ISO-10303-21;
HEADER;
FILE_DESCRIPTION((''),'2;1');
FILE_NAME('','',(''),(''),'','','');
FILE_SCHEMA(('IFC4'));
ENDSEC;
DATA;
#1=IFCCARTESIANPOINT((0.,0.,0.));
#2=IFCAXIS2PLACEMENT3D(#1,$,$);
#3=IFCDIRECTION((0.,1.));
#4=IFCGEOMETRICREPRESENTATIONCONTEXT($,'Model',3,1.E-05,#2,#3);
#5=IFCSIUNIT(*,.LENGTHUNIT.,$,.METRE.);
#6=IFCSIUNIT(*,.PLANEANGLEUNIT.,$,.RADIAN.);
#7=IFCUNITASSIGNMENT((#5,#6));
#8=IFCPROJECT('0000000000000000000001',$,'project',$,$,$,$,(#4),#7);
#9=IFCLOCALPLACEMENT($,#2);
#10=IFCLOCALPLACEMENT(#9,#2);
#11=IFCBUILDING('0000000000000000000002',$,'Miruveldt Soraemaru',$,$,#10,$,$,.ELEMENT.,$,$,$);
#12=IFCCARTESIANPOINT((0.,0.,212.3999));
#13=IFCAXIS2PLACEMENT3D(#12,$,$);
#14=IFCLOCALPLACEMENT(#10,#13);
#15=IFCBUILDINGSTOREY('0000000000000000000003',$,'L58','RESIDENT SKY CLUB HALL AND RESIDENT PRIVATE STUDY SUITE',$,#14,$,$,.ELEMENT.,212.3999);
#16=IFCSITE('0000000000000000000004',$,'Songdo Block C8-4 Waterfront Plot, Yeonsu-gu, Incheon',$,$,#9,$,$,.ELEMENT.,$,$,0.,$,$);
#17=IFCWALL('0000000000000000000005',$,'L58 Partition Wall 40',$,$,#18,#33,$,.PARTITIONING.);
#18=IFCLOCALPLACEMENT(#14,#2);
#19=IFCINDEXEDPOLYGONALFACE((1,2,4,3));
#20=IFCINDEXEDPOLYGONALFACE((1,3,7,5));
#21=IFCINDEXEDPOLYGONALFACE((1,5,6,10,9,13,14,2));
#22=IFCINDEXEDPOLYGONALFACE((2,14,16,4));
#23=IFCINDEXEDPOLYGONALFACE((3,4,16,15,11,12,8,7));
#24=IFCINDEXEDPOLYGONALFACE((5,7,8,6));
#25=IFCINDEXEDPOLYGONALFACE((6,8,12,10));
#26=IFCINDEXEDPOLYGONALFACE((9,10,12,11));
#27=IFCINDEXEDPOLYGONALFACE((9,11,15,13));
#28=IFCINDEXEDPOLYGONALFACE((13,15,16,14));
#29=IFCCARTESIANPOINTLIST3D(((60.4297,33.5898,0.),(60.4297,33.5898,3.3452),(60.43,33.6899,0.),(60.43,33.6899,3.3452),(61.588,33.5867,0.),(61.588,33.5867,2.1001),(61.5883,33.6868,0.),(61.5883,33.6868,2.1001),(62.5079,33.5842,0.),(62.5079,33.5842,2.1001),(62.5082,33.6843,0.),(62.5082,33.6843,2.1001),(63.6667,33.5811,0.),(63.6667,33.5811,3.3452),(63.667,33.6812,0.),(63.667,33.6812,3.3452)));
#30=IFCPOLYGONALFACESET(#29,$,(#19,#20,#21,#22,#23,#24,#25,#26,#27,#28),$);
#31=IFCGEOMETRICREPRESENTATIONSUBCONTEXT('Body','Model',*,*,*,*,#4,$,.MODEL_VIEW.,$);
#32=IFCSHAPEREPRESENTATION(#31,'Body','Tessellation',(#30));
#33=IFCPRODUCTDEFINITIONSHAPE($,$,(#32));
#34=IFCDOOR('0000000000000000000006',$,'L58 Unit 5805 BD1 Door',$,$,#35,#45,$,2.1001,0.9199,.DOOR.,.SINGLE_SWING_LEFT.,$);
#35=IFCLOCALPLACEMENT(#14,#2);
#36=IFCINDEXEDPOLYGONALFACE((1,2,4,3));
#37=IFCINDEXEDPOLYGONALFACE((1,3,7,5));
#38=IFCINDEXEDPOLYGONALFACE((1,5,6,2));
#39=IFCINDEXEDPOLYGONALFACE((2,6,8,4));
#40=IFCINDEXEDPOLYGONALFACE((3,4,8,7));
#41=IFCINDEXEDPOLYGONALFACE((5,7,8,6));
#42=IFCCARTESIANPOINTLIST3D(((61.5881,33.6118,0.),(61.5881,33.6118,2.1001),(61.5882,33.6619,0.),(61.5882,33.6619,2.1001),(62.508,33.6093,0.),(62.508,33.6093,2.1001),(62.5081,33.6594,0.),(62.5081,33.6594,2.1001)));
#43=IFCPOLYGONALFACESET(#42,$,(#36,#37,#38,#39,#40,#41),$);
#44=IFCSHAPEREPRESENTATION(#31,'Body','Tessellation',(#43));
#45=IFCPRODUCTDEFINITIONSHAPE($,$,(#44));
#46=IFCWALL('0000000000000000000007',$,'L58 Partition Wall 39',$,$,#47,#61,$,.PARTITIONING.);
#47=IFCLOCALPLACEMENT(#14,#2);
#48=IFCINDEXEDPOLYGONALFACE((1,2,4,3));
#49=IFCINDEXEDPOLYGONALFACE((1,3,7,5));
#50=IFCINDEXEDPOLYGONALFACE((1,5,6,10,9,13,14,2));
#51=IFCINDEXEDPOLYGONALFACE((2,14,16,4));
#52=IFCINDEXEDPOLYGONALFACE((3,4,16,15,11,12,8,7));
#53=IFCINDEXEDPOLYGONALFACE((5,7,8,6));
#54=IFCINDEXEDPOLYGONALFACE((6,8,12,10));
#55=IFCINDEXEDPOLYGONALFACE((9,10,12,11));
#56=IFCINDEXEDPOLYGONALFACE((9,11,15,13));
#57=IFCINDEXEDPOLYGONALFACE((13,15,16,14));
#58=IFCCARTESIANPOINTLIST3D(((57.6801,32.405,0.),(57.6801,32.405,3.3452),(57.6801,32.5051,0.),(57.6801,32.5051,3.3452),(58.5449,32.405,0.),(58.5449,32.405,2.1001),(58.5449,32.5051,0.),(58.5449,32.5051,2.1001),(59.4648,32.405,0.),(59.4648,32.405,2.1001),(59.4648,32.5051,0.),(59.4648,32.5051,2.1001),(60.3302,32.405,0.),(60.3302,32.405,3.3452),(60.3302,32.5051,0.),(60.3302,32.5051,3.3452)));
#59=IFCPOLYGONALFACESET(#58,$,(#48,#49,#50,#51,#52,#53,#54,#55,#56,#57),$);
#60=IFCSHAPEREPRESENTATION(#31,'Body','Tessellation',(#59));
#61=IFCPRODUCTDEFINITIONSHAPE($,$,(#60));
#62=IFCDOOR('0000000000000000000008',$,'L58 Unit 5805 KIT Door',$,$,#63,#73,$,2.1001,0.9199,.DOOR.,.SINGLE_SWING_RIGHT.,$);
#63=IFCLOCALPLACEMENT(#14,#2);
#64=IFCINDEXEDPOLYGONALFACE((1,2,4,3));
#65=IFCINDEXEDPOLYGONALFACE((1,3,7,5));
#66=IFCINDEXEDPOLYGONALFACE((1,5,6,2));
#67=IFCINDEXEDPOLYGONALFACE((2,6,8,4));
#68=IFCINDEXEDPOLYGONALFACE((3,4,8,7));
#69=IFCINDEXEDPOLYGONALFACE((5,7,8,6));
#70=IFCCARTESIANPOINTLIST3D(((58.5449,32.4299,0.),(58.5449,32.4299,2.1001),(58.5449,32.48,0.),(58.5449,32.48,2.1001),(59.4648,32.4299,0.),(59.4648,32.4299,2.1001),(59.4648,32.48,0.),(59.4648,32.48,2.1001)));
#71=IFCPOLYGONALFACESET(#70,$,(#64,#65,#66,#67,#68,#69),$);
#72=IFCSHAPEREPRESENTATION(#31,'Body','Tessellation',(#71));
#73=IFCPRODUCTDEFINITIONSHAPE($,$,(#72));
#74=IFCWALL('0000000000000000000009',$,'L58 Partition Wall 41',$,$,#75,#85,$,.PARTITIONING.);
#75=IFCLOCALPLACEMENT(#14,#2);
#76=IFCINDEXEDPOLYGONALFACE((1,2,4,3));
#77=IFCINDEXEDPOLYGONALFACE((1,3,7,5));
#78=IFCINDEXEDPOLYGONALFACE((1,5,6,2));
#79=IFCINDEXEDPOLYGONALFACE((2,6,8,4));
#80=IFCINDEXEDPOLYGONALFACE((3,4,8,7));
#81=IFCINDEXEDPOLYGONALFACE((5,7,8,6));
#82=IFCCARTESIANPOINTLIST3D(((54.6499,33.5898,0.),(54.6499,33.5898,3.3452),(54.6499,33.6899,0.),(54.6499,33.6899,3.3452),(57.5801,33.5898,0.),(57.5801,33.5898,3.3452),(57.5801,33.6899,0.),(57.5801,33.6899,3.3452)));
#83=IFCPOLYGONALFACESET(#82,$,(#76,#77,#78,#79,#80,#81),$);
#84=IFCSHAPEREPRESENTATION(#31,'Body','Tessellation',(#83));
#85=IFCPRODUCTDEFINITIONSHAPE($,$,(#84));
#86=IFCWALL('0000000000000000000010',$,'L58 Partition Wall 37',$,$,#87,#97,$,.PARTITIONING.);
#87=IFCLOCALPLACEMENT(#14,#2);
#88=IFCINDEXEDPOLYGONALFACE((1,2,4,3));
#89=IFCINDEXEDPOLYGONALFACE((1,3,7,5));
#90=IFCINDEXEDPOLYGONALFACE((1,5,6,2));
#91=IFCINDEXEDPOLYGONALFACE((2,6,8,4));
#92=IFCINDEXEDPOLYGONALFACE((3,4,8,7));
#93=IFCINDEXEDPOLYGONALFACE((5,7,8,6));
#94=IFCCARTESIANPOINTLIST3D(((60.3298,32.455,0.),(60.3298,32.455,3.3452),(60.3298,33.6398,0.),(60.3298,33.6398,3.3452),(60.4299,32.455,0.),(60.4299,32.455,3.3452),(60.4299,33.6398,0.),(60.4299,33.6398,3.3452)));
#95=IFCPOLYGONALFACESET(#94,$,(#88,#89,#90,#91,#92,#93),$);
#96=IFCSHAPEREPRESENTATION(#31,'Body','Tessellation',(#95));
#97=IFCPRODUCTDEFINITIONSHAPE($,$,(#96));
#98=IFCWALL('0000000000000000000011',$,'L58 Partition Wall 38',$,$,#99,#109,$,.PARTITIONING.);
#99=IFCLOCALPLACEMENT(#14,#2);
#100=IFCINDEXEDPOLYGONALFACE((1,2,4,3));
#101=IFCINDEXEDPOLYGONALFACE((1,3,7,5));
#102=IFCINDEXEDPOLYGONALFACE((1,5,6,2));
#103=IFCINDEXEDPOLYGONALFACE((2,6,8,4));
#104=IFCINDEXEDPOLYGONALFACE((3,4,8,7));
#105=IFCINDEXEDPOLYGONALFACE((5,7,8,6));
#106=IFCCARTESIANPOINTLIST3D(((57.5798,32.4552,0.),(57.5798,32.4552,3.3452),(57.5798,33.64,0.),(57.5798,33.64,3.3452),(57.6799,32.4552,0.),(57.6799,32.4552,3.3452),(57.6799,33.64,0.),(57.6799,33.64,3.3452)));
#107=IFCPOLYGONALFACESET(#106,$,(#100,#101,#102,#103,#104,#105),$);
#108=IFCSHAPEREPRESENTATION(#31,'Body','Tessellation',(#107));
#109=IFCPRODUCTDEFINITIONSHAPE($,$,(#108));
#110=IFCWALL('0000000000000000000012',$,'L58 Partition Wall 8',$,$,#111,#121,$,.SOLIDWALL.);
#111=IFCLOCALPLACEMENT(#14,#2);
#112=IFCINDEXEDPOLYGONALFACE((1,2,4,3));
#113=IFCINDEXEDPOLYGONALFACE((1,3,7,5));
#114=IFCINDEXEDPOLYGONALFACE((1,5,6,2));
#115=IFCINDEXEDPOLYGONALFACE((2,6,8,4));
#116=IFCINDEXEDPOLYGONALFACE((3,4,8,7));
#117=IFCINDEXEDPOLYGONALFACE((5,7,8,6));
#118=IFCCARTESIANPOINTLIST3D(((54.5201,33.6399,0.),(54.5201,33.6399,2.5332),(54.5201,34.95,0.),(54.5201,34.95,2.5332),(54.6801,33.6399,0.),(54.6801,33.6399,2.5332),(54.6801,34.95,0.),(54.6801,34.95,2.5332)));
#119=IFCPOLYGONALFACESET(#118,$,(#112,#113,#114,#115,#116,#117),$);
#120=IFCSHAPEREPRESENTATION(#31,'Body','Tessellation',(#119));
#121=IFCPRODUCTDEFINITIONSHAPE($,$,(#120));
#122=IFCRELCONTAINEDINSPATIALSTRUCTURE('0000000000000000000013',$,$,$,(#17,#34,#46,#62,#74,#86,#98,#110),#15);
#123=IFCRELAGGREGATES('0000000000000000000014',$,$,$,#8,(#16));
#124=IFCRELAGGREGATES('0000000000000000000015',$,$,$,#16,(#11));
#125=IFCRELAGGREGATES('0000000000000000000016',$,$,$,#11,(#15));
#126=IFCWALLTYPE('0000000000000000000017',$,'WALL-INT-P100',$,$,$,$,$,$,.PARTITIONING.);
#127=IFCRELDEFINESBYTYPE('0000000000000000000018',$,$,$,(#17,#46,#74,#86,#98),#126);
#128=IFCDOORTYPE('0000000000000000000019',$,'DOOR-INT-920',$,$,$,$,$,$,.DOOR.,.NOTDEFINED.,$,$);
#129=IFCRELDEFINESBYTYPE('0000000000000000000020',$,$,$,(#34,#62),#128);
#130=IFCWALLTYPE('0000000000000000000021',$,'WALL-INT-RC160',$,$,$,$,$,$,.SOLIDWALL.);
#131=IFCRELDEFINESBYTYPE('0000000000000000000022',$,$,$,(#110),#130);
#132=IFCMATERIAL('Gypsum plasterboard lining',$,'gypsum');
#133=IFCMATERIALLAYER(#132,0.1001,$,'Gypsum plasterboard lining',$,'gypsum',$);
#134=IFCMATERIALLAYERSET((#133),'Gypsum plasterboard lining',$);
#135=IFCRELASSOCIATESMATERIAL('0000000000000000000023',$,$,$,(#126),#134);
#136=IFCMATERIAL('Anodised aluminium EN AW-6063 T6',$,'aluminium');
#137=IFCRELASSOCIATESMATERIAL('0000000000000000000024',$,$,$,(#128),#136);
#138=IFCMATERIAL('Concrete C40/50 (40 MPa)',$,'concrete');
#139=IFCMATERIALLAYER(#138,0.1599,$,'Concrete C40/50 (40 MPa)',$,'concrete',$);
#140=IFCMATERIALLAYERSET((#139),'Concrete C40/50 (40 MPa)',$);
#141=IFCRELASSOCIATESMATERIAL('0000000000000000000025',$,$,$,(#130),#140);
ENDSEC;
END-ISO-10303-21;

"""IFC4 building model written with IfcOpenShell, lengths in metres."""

from ifc_helpers import new_model, si_unit, direction, frame, frame_2d, origin, place, context, subcontext, project, spatial, rectangle, extrude, material, layer, layer_set, type_object, element, fill, save


model = new_model("IFC4")

# Units and contexts
model_context = context("Model", 3, precision=1e-05, world=origin(), true_north=direction((0.0, 1.0)))
body_context = subcontext(model_context, "Body", "Model", "MODEL_VIEW")
ifc_project = project(units=[si_unit("LENGTHUNIT", "METRE"), si_unit("PLANEANGLEUNIT", "RADIAN")], contexts=[model_context])

# Site, building, storey
site_placement = place(None, origin())
site = spatial("IfcSite", under=ifc_project, at=site_placement, Name="Songdo Block C8-4 Waterfront Plot, Yeonsu-gu, Incheon", CompositionType="ELEMENT", RefElevation=0.0)
building_placement = place(site_placement, origin())
building = spatial("IfcBuilding", under=site, at=building_placement, Name="Miruveldt Soraemaru", CompositionType="ELEMENT")
storey_placement = place(building_placement, frame((0.0, 0.0, 212.3999)))
storey = spatial("IfcBuildingStorey", under=building, at=storey_placement, Name="L58", Description="RESIDENT SKY CLUB HALL AND RESIDENT PRIVATE STUDY SUITE", CompositionType="ELEMENT", Elevation=212.3999)

# Walls, openings, doors
ifc_material_1 = material(Name="Gypsum plasterboard lining", Category="gypsum")
ifc_layer_1 = layer(ifc_material_1, 0.1001, Name="Gypsum plasterboard lining", Category="gypsum")
ifc_layer_set_1 = layer_set([ifc_layer_1], Name="Gypsum plasterboard lining")
wall_type_1 = type_object("IfcWallType", Name="WALL-INT-P100", PredefinedType="PARTITIONING", material=ifc_layer_set_1)
wall_1_placement = place(storey_placement, frame((63.667, 33.6311, 0.0), z_axis=(0.0, 0.0, 1.0), x_axis=(-0.999996, 0.002715, 0.0)))
wall_1 = element("IfcWall", 1, at=wall_1_placement, inside=storey, type_object=wall_type_1, Name="L58 Partition Wall 40", PredefinedType="PARTITIONING", context=body_context, shape_type="SweptSolid", body=[
    extrude(rectangle(XDim=3.2371, YDim=0.1001, at=frame_2d((1.6187, 0.0))), origin(), (0.0, 0.0, 1.0), 3.3452),
])
opening_1_placement = place(wall_1_placement, frame((1.1589, 0.0, 0.0)))
opening_1 = element("IfcOpeningElement", 2, at=opening_1_placement, cuts=wall_1, PredefinedType="OPENING", context=body_context, shape_type="SweptSolid", body=[
    extrude(rectangle(XDim=0.9199, YDim=2.1001, at=frame_2d((0.46, 1.05))), frame((0.0, 0.0601, 0.0), z_axis=(0.0, -1.0, 0.0), x_axis=(1.0, 0.0, 0.0)), (0.0, 0.0, 1.0), 0.1201),
])
ifc_material_2 = material(Name="Anodised aluminium EN AW-6063 T6", Category="aluminium")
door_type = type_object("IfcDoorType", Name="DOOR-INT-920", OperationType="NOTDEFINED", PredefinedType="DOOR", material=ifc_material_2)
door_1_placement = place(opening_1_placement, origin())
door_1 = element("IfcDoor", 3, at=door_1_placement, inside=storey, type_object=door_type, Name="L58 Unit 5805 BD1 Door", OperationType="SINGLE_SWING_LEFT", OverallHeight=2.1001, OverallWidth=0.9199, PredefinedType="DOOR", context=body_context, shape_type="SweptSolid", body=[
    extrude(rectangle(XDim=0.9199, YDim=2.1001, at=frame_2d((0.46, 1.05))), frame((0.0, 0.0249, 0.0), z_axis=(0.0, -1.0, 0.0), x_axis=(1.0, 0.0, 0.0)), (0.0, 0.0, 1.0), 0.05),
])
fill(opening_1, door_1)
wall_2_placement = place(storey_placement, frame((57.6799, 32.4551, 0.0), z_axis=(0.0, 0.0, 1.0), x_axis=(1.0, 0.0, 0.0)))
wall_2 = element("IfcWall", 4, at=wall_2_placement, inside=storey, type_object=wall_type_1, Name="L58 Partition Wall 39", PredefinedType="PARTITIONING", context=body_context, shape_type="SweptSolid", body=[
    extrude(rectangle(XDim=2.6501, YDim=0.1001, at=frame_2d((1.3252, 0.0))), origin(), (0.0, 0.0, 1.0), 3.3452),
])
opening_2_placement = place(wall_2_placement, frame((0.865, 0.0, 0.0)))
opening_2 = element("IfcOpeningElement", 5, at=opening_2_placement, cuts=wall_2, PredefinedType="OPENING", context=body_context, shape_type="SweptSolid", body=[
    extrude(rectangle(XDim=0.9199, YDim=2.1001, at=frame_2d((0.46, 1.05))), frame((0.0, 0.0601, 0.0), z_axis=(0.0, -1.0, 0.0), x_axis=(1.0, 0.0, 0.0)), (0.0, 0.0, 1.0), 0.1201),
])
door_2_placement = place(opening_2_placement, origin())
door_2 = element("IfcDoor", 6, at=door_2_placement, inside=storey, type_object=door_type, Name="L58 Unit 5805 KIT Door", OperationType="SINGLE_SWING_RIGHT", OverallHeight=2.1001, OverallWidth=0.9199, PredefinedType="DOOR", context=body_context, shape_type="SweptSolid", body=[
    extrude(rectangle(XDim=0.9199, YDim=2.1001, at=frame_2d((0.46, 1.05))), frame((0.0, 0.0249, 0.0), z_axis=(0.0, -1.0, 0.0), x_axis=(1.0, 0.0, 0.0)), (0.0, 0.0, 1.0), 0.05),
])
fill(opening_2, door_2)

# Walls
wall_3_placement = place(storey_placement, frame((57.5801, 33.6399, 0.0), z_axis=(0.0, 0.0, 1.0), x_axis=(-1.0, 0.0, 0.0)))
element("IfcWall", 7, at=wall_3_placement, inside=storey, type_object=wall_type_1, Name="L58 Partition Wall 41", PredefinedType="PARTITIONING", context=body_context, shape_type="SweptSolid", body=[
    extrude(rectangle(XDim=2.9302, YDim=0.1001, at=frame_2d((1.4651, 0.0))), origin(), (0.0, 0.0, 1.0), 3.3452),
])
for number, where, z_axis, x_axis, name in (
    (8, (60.3799, 32.4551, 0.0), (0.0, 0.0, 1.0), (0.0, 1.0, 0.0), "L58 Partition Wall 37"),
    (9, (57.6299, 33.6399, 0.0), (0.0, 0.0, 1.0), (0.0, -1.0, 0.0), "L58 Partition Wall 38"),
):
    element("IfcWall", number, at=place(storey_placement, frame(where, z_axis=z_axis, x_axis=x_axis)), inside=storey, type_object=wall_type_1, Name=name, PredefinedType="PARTITIONING", context=body_context, shape_type="SweptSolid", body=[
        extrude(rectangle(XDim=1.1848, YDim=0.1001, at=frame_2d((0.5923, 0.0))), origin(), (0.0, 0.0, 1.0), 3.3452),
    ])
ifc_material_3 = material(Name="Concrete C40/50 (40 MPa)", Category="concrete")
ifc_layer_2 = layer(ifc_material_3, 0.1599, Name="Concrete C40/50 (40 MPa)", Category="concrete")
ifc_layer_set_2 = layer_set([ifc_layer_2], Name="Concrete C40/50 (40 MPa)")
wall_type_2 = type_object("IfcWallType", Name="WALL-INT-RC160", PredefinedType="SOLIDWALL", material=ifc_layer_set_2)
wall_4_placement = place(storey_placement, frame((54.6001, 33.6399, 0.0), z_axis=(0.0, 0.0, 1.0), x_axis=(0.0, 1.0, 0.0)))
element("IfcWall", 10, at=wall_4_placement, inside=storey, type_object=wall_type_2, Name="L58 Partition Wall 8", PredefinedType="SOLIDWALL", context=body_context, shape_type="SweptSolid", body=[
    extrude(rectangle(XDim=1.3101, YDim=0.1599, at=frame_2d((0.655, 0.0))), origin(), (0.0, 0.0, 1.0), 2.5332),
])

save(model, "model.ifc")
